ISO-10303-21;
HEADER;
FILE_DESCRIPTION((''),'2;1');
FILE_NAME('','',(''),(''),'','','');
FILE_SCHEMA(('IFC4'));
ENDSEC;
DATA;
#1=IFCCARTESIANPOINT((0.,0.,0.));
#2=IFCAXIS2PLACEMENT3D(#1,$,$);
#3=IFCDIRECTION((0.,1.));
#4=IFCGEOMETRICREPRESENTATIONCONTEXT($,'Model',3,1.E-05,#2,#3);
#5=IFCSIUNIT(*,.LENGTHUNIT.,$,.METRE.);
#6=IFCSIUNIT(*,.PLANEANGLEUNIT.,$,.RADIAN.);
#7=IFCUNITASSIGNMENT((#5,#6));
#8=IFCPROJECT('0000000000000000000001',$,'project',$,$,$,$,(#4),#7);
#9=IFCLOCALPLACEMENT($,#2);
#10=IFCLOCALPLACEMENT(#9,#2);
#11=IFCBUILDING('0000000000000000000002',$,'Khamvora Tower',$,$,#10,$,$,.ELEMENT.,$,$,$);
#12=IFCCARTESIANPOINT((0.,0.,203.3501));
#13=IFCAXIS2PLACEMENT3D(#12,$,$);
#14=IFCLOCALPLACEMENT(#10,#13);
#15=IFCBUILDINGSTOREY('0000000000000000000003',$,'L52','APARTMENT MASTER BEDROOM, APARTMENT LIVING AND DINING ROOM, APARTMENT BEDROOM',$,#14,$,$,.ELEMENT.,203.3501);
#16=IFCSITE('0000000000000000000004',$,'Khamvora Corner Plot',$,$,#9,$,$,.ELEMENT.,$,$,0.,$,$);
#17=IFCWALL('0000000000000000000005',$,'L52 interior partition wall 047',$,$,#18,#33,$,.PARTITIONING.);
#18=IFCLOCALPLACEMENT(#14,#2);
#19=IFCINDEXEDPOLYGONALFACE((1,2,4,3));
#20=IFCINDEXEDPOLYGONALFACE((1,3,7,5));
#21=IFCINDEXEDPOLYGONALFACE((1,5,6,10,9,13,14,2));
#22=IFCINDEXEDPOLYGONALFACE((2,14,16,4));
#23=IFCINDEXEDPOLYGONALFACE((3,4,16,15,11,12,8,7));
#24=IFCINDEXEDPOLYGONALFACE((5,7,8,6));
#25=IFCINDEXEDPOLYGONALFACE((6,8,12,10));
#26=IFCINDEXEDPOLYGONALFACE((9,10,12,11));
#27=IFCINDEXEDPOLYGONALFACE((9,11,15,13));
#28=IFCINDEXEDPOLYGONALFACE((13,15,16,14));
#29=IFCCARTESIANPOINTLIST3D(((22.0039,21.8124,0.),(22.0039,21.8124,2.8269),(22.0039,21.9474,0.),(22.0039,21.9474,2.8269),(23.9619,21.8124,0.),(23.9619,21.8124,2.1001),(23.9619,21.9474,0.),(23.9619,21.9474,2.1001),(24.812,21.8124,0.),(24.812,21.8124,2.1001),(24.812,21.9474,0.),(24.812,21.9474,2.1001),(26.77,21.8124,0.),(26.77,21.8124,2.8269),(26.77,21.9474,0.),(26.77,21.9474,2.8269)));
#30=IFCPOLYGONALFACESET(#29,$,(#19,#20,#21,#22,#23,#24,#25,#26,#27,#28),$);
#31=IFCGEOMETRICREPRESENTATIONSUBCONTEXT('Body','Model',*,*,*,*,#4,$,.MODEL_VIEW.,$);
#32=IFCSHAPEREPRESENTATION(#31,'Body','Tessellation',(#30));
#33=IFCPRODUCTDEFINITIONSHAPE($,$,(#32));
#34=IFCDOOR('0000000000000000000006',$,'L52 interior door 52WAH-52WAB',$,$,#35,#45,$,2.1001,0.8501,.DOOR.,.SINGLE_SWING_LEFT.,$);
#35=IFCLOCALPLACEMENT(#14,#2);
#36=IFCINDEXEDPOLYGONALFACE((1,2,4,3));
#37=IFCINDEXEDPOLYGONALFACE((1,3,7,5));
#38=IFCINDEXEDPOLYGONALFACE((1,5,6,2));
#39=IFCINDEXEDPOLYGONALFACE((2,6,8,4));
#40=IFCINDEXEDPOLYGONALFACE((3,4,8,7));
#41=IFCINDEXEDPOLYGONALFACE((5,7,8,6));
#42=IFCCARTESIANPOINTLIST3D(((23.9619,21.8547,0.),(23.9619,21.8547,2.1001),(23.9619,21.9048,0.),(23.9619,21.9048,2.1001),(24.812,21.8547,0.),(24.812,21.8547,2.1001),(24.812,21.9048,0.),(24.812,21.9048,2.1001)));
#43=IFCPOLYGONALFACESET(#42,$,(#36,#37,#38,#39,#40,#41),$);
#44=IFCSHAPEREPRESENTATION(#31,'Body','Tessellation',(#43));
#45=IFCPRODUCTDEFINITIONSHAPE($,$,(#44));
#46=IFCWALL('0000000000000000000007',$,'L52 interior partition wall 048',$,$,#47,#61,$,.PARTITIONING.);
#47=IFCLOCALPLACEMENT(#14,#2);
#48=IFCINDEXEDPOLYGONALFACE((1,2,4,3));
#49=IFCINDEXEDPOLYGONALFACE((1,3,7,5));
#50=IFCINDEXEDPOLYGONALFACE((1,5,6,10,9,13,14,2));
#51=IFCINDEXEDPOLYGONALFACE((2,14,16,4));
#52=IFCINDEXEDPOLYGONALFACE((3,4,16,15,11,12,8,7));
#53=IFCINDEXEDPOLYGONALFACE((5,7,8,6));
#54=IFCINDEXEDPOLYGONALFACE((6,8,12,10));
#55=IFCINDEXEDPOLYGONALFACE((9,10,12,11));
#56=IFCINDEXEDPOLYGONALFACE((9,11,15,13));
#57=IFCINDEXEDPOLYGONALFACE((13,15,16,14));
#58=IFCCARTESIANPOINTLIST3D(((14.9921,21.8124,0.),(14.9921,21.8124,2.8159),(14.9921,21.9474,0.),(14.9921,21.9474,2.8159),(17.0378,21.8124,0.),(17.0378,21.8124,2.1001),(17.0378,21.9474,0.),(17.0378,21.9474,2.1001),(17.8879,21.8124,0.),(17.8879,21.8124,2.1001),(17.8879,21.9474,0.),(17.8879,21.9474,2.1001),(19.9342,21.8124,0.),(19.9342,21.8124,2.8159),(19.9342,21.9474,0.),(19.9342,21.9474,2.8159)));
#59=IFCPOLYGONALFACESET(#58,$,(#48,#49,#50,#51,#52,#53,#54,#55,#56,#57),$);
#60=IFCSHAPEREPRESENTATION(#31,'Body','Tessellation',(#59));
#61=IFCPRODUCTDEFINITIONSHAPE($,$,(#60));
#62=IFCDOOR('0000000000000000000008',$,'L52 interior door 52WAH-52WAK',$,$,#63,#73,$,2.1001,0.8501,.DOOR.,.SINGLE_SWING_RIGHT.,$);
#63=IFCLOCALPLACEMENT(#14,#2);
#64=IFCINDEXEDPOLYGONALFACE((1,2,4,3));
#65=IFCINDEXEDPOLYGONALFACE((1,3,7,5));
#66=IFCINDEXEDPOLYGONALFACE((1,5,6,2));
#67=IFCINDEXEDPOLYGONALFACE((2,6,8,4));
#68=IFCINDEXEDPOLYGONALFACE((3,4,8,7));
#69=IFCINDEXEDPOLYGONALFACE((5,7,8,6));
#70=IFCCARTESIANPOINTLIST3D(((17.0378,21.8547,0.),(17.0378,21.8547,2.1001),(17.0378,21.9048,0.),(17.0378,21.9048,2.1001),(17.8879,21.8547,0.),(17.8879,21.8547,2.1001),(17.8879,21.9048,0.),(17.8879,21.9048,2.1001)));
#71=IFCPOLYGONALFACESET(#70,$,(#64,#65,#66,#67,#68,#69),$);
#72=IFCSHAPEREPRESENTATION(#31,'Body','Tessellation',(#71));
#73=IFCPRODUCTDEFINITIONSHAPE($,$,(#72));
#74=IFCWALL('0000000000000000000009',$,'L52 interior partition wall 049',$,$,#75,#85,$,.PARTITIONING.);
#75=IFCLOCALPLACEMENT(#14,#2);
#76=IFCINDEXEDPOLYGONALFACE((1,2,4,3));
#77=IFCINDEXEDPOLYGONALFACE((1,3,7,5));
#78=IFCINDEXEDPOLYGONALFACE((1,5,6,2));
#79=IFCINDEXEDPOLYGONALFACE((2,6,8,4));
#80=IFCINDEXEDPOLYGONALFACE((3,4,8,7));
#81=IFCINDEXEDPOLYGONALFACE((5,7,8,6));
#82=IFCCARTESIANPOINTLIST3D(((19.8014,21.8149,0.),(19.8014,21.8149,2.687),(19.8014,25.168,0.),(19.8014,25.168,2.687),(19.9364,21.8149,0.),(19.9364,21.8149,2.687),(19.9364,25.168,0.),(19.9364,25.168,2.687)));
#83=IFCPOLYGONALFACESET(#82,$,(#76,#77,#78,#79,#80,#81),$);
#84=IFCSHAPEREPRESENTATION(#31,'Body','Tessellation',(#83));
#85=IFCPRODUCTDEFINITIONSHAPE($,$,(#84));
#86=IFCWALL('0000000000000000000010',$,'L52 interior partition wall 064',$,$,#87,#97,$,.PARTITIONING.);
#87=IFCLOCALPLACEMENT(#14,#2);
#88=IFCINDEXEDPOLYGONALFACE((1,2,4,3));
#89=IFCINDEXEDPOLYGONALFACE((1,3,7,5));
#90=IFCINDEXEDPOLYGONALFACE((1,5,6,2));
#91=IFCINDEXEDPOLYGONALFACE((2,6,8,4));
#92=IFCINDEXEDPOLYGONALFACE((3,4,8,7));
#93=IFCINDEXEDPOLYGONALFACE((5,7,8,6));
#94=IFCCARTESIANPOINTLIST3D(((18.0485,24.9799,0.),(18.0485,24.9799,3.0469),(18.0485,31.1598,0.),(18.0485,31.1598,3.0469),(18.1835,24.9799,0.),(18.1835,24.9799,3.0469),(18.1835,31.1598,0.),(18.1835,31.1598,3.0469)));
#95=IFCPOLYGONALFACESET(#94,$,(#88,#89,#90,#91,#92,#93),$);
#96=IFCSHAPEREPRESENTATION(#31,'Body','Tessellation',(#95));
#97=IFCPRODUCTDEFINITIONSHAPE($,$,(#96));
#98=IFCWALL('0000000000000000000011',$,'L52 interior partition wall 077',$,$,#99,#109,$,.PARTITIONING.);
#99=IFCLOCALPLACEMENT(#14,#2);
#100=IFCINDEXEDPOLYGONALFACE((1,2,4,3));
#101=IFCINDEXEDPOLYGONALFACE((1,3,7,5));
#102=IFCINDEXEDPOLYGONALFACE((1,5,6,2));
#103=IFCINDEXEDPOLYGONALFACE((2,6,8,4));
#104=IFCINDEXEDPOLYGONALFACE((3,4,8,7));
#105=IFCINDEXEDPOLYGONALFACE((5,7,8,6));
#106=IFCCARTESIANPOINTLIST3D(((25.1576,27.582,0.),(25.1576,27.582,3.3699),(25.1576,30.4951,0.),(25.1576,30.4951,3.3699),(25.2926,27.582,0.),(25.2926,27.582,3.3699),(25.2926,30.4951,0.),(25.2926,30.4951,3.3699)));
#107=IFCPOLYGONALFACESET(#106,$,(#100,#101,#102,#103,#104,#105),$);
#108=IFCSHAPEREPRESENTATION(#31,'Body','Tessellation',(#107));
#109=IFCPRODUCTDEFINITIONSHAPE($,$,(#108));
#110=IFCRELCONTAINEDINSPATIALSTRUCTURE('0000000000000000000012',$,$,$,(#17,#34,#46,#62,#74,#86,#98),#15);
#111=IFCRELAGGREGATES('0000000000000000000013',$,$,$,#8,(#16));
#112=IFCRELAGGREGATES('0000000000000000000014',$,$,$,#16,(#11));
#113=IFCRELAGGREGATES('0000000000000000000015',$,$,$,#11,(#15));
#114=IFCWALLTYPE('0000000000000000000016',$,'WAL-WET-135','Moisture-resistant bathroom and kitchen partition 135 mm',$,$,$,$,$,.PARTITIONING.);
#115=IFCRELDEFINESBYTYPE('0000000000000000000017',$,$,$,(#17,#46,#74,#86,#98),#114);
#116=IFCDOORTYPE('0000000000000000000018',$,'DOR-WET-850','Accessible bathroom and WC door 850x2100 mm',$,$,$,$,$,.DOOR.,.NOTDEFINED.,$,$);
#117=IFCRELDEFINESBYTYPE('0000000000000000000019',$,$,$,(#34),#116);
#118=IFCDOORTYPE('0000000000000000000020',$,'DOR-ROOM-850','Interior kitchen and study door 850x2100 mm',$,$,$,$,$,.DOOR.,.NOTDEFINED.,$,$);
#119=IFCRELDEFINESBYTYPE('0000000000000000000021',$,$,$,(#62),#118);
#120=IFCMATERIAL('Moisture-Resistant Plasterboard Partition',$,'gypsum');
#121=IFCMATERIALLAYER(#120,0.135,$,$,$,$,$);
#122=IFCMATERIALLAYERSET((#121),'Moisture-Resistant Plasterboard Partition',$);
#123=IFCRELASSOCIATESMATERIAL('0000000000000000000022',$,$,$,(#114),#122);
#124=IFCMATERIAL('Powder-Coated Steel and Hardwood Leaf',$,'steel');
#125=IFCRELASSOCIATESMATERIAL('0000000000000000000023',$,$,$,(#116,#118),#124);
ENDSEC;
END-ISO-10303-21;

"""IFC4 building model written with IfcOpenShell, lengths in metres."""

from ifc_helpers import new_model, si_unit, direction, frame, frame_2d, origin, place, context, subcontext, project, spatial, rectangle, extrude, material, layer, layer_set, type_object, element, fill, save


model = new_model("IFC4")

# Units and contexts
model_context = context("Model", 3, precision=1e-05, world=origin(), true_north=direction((0.0, 1.0)))
body_context = subcontext(model_context, "Body", "Model", "MODEL_VIEW")
ifc_project = project(units=[si_unit("LENGTHUNIT", "METRE"), si_unit("PLANEANGLEUNIT", "RADIAN")], contexts=[model_context])

# Site, building, storey
site_placement = place(None, origin())
site = spatial("IfcSite", under=ifc_project, at=site_placement, Name="Khamvora Corner Plot", CompositionType="ELEMENT", RefElevation=0.0)
building_placement = place(site_placement, origin())
building = spatial("IfcBuilding", under=site, at=building_placement, Name="Khamvora Tower", CompositionType="ELEMENT")
storey_placement = place(building_placement, frame((0.0, 0.0, 203.3501)))
storey = spatial("IfcBuildingStorey", under=building, at=storey_placement, Name="L52", Description="APARTMENT MASTER BEDROOM, APARTMENT LIVING AND DINING ROOM, APARTMENT BEDROOM", CompositionType="ELEMENT", Elevation=203.3501)

# Shared definitions
ifc_material_1 = material(Name="Powder-Coated Steel and Hardwood Leaf", Category="steel")

# Shared definitions
ifc_material_2 = material(Name="Moisture-Resistant Plasterboard Partition", Category="gypsum")
ifc_layer_1 = layer(ifc_material_2, 0.135)
ifc_layer_set_1 = layer_set([ifc_layer_1], Name="Moisture-Resistant Plasterboard Partition")
wall_type_1 = type_object("IfcWallType", Name="WAL-WET-135", Description="Moisture-resistant bathroom and kitchen partition 135 mm", PredefinedType="PARTITIONING", material=ifc_layer_set_1)

# Walls, openings, doors
wall_1_placement = place(storey_placement, frame((22.0039, 21.8799, 0.0), z_axis=(0.0, 0.0, 1.0), x_axis=(1.0, 0.0, 0.0)))
wall_1 = element("IfcWall", 1, at=wall_1_placement, inside=storey, type_object=wall_type_1, Name="L52 interior partition wall 047", PredefinedType="PARTITIONING", context=body_context, shape_type="SweptSolid", body=[
    extrude(rectangle(XDim=4.7661, YDim=0.135, at=frame_2d((2.3831, 0.0))), origin(), (0.0, 0.0, 1.0), 2.8269),
])
opening_1_placement = place(wall_1_placement, frame((1.958, 0.0, 0.0)))
opening_1 = element("IfcOpeningElement", 2, at=opening_1_placement, cuts=wall_1, PredefinedType="OPENING", context=body_context, shape_type="SweptSolid", body=[
    extrude(rectangle(XDim=0.8501, YDim=2.1001, at=frame_2d((0.425, 1.05))), frame((0.0, 0.0774, 0.0), z_axis=(0.0, -1.0, 0.0), x_axis=(1.0, 0.0, 0.0)), (0.0, 0.0, 1.0), 0.155),
])
door_type_1 = type_object("IfcDoorType", Name="DOR-WET-850", Description="Accessible bathroom and WC door 850x2100 mm", OperationType="NOTDEFINED", PredefinedType="DOOR", material=ifc_material_1)
door_1_placement = place(opening_1_placement, origin())
door_1 = element("IfcDoor", 3, at=door_1_placement, inside=storey, type_object=door_type_1, Name="L52 interior door 52WAH-52WAB", OperationType="SINGLE_SWING_LEFT", OverallHeight=2.1001, OverallWidth=0.8501, PredefinedType="DOOR", context=body_context, shape_type="SweptSolid", body=[
    extrude(rectangle(XDim=0.8501, YDim=2.1001, at=frame_2d((0.425, 1.05))), frame((0.0, 0.0249, 0.0), z_axis=(0.0, -1.0, 0.0), x_axis=(1.0, 0.0, 0.0)), (0.0, 0.0, 1.0), 0.05),
])
fill(opening_1, door_1)
wall_2_placement = place(storey_placement, frame((14.9919, 21.8799, 0.0), z_axis=(0.0, 0.0, 1.0), x_axis=(1.0, 0.0, 0.0)))
wall_2 = element("IfcWall", 4, at=wall_2_placement, inside=storey, type_object=wall_type_1, Name="L52 interior partition wall 048", PredefinedType="PARTITIONING", context=body_context, shape_type="SweptSolid", body=[
    extrude(rectangle(XDim=4.9421, YDim=0.135, at=frame_2d((2.4712, 0.0))), origin(), (0.0, 0.0, 1.0), 2.8159),
])
opening_2_placement = place(wall_2_placement, frame((2.0459, 0.0, 0.0)))
opening_2 = element("IfcOpeningElement", 5, at=opening_2_placement, cuts=wall_2, PredefinedType="OPENING", context=body_context, shape_type="SweptSolid", body=[
    extrude(rectangle(XDim=0.8501, YDim=2.1001, at=frame_2d((0.425, 1.05))), frame((0.0, 0.0774, 0.0), z_axis=(0.0, -1.0, 0.0), x_axis=(1.0, 0.0, 0.0)), (0.0, 0.0, 1.0), 0.155),
])
door_type_2 = type_object("IfcDoorType", Name="DOR-ROOM-850", Description="Interior kitchen and study door 850x2100 mm", OperationType="NOTDEFINED", PredefinedType="DOOR", material=ifc_material_1)
door_2_placement = place(opening_2_placement, origin())
door_2 = element("IfcDoor", 6, at=door_2_placement, inside=storey, type_object=door_type_2, Name="L52 interior door 52WAH-52WAK", OperationType="SINGLE_SWING_RIGHT", OverallHeight=2.1001, OverallWidth=0.8501, PredefinedType="DOOR", context=body_context, shape_type="SweptSolid", body=[
    extrude(rectangle(XDim=0.8501, YDim=2.1001, at=frame_2d((0.425, 1.05))), frame((0.0, 0.0249, 0.0), z_axis=(0.0, -1.0, 0.0), x_axis=(1.0, 0.0, 0.0)), (0.0, 0.0, 1.0), 0.05),
])
fill(opening_2, door_2)

# Walls
wall_3_placement = place(storey_placement, frame((19.8689, 21.8149, 0.0), z_axis=(0.0, 0.0, 1.0), x_axis=(0.0, 1.0, 0.0)))
element("IfcWall", 7, at=wall_3_placement, inside=storey, type_object=wall_type_1, Name="L52 interior partition wall 049", PredefinedType="PARTITIONING", context=body_context, shape_type="SweptSolid", body=[
    extrude(rectangle(XDim=3.353, YDim=0.135, at=frame_2d((1.6765, 0.0))), origin(), (0.0, 0.0, 1.0), 2.687),
])
wall_4_placement = place(storey_placement, frame((18.116, 24.98, 0.0), z_axis=(0.0, 0.0, 1.0), x_axis=(0.0, 1.0, 0.0)))
element("IfcWall", 8, at=wall_4_placement, inside=storey, type_object=wall_type_1, Name="L52 interior partition wall 064", PredefinedType="PARTITIONING", context=body_context, shape_type="SweptSolid", body=[
    extrude(rectangle(XDim=6.1799, YDim=0.135, at=frame_2d((3.0898, 0.0))), origin(), (0.0, 0.0, 1.0), 3.0469),
])
wall_5_placement = place(storey_placement, frame((25.2251, 27.582, 0.0), z_axis=(0.0, 0.0, 1.0), x_axis=(0.0, 1.0, 0.0)))
element("IfcWall", 9, at=wall_5_placement, inside=storey, type_object=wall_type_1, Name="L52 interior partition wall 077", PredefinedType="PARTITIONING", context=body_context, shape_type="SweptSolid", body=[
    extrude(rectangle(XDim=2.9131, YDim=0.135, at=frame_2d((1.4565, 0.0))), origin(), (0.0, 0.0, 1.0), 3.3699),
])

save(model, "model.ifc")
